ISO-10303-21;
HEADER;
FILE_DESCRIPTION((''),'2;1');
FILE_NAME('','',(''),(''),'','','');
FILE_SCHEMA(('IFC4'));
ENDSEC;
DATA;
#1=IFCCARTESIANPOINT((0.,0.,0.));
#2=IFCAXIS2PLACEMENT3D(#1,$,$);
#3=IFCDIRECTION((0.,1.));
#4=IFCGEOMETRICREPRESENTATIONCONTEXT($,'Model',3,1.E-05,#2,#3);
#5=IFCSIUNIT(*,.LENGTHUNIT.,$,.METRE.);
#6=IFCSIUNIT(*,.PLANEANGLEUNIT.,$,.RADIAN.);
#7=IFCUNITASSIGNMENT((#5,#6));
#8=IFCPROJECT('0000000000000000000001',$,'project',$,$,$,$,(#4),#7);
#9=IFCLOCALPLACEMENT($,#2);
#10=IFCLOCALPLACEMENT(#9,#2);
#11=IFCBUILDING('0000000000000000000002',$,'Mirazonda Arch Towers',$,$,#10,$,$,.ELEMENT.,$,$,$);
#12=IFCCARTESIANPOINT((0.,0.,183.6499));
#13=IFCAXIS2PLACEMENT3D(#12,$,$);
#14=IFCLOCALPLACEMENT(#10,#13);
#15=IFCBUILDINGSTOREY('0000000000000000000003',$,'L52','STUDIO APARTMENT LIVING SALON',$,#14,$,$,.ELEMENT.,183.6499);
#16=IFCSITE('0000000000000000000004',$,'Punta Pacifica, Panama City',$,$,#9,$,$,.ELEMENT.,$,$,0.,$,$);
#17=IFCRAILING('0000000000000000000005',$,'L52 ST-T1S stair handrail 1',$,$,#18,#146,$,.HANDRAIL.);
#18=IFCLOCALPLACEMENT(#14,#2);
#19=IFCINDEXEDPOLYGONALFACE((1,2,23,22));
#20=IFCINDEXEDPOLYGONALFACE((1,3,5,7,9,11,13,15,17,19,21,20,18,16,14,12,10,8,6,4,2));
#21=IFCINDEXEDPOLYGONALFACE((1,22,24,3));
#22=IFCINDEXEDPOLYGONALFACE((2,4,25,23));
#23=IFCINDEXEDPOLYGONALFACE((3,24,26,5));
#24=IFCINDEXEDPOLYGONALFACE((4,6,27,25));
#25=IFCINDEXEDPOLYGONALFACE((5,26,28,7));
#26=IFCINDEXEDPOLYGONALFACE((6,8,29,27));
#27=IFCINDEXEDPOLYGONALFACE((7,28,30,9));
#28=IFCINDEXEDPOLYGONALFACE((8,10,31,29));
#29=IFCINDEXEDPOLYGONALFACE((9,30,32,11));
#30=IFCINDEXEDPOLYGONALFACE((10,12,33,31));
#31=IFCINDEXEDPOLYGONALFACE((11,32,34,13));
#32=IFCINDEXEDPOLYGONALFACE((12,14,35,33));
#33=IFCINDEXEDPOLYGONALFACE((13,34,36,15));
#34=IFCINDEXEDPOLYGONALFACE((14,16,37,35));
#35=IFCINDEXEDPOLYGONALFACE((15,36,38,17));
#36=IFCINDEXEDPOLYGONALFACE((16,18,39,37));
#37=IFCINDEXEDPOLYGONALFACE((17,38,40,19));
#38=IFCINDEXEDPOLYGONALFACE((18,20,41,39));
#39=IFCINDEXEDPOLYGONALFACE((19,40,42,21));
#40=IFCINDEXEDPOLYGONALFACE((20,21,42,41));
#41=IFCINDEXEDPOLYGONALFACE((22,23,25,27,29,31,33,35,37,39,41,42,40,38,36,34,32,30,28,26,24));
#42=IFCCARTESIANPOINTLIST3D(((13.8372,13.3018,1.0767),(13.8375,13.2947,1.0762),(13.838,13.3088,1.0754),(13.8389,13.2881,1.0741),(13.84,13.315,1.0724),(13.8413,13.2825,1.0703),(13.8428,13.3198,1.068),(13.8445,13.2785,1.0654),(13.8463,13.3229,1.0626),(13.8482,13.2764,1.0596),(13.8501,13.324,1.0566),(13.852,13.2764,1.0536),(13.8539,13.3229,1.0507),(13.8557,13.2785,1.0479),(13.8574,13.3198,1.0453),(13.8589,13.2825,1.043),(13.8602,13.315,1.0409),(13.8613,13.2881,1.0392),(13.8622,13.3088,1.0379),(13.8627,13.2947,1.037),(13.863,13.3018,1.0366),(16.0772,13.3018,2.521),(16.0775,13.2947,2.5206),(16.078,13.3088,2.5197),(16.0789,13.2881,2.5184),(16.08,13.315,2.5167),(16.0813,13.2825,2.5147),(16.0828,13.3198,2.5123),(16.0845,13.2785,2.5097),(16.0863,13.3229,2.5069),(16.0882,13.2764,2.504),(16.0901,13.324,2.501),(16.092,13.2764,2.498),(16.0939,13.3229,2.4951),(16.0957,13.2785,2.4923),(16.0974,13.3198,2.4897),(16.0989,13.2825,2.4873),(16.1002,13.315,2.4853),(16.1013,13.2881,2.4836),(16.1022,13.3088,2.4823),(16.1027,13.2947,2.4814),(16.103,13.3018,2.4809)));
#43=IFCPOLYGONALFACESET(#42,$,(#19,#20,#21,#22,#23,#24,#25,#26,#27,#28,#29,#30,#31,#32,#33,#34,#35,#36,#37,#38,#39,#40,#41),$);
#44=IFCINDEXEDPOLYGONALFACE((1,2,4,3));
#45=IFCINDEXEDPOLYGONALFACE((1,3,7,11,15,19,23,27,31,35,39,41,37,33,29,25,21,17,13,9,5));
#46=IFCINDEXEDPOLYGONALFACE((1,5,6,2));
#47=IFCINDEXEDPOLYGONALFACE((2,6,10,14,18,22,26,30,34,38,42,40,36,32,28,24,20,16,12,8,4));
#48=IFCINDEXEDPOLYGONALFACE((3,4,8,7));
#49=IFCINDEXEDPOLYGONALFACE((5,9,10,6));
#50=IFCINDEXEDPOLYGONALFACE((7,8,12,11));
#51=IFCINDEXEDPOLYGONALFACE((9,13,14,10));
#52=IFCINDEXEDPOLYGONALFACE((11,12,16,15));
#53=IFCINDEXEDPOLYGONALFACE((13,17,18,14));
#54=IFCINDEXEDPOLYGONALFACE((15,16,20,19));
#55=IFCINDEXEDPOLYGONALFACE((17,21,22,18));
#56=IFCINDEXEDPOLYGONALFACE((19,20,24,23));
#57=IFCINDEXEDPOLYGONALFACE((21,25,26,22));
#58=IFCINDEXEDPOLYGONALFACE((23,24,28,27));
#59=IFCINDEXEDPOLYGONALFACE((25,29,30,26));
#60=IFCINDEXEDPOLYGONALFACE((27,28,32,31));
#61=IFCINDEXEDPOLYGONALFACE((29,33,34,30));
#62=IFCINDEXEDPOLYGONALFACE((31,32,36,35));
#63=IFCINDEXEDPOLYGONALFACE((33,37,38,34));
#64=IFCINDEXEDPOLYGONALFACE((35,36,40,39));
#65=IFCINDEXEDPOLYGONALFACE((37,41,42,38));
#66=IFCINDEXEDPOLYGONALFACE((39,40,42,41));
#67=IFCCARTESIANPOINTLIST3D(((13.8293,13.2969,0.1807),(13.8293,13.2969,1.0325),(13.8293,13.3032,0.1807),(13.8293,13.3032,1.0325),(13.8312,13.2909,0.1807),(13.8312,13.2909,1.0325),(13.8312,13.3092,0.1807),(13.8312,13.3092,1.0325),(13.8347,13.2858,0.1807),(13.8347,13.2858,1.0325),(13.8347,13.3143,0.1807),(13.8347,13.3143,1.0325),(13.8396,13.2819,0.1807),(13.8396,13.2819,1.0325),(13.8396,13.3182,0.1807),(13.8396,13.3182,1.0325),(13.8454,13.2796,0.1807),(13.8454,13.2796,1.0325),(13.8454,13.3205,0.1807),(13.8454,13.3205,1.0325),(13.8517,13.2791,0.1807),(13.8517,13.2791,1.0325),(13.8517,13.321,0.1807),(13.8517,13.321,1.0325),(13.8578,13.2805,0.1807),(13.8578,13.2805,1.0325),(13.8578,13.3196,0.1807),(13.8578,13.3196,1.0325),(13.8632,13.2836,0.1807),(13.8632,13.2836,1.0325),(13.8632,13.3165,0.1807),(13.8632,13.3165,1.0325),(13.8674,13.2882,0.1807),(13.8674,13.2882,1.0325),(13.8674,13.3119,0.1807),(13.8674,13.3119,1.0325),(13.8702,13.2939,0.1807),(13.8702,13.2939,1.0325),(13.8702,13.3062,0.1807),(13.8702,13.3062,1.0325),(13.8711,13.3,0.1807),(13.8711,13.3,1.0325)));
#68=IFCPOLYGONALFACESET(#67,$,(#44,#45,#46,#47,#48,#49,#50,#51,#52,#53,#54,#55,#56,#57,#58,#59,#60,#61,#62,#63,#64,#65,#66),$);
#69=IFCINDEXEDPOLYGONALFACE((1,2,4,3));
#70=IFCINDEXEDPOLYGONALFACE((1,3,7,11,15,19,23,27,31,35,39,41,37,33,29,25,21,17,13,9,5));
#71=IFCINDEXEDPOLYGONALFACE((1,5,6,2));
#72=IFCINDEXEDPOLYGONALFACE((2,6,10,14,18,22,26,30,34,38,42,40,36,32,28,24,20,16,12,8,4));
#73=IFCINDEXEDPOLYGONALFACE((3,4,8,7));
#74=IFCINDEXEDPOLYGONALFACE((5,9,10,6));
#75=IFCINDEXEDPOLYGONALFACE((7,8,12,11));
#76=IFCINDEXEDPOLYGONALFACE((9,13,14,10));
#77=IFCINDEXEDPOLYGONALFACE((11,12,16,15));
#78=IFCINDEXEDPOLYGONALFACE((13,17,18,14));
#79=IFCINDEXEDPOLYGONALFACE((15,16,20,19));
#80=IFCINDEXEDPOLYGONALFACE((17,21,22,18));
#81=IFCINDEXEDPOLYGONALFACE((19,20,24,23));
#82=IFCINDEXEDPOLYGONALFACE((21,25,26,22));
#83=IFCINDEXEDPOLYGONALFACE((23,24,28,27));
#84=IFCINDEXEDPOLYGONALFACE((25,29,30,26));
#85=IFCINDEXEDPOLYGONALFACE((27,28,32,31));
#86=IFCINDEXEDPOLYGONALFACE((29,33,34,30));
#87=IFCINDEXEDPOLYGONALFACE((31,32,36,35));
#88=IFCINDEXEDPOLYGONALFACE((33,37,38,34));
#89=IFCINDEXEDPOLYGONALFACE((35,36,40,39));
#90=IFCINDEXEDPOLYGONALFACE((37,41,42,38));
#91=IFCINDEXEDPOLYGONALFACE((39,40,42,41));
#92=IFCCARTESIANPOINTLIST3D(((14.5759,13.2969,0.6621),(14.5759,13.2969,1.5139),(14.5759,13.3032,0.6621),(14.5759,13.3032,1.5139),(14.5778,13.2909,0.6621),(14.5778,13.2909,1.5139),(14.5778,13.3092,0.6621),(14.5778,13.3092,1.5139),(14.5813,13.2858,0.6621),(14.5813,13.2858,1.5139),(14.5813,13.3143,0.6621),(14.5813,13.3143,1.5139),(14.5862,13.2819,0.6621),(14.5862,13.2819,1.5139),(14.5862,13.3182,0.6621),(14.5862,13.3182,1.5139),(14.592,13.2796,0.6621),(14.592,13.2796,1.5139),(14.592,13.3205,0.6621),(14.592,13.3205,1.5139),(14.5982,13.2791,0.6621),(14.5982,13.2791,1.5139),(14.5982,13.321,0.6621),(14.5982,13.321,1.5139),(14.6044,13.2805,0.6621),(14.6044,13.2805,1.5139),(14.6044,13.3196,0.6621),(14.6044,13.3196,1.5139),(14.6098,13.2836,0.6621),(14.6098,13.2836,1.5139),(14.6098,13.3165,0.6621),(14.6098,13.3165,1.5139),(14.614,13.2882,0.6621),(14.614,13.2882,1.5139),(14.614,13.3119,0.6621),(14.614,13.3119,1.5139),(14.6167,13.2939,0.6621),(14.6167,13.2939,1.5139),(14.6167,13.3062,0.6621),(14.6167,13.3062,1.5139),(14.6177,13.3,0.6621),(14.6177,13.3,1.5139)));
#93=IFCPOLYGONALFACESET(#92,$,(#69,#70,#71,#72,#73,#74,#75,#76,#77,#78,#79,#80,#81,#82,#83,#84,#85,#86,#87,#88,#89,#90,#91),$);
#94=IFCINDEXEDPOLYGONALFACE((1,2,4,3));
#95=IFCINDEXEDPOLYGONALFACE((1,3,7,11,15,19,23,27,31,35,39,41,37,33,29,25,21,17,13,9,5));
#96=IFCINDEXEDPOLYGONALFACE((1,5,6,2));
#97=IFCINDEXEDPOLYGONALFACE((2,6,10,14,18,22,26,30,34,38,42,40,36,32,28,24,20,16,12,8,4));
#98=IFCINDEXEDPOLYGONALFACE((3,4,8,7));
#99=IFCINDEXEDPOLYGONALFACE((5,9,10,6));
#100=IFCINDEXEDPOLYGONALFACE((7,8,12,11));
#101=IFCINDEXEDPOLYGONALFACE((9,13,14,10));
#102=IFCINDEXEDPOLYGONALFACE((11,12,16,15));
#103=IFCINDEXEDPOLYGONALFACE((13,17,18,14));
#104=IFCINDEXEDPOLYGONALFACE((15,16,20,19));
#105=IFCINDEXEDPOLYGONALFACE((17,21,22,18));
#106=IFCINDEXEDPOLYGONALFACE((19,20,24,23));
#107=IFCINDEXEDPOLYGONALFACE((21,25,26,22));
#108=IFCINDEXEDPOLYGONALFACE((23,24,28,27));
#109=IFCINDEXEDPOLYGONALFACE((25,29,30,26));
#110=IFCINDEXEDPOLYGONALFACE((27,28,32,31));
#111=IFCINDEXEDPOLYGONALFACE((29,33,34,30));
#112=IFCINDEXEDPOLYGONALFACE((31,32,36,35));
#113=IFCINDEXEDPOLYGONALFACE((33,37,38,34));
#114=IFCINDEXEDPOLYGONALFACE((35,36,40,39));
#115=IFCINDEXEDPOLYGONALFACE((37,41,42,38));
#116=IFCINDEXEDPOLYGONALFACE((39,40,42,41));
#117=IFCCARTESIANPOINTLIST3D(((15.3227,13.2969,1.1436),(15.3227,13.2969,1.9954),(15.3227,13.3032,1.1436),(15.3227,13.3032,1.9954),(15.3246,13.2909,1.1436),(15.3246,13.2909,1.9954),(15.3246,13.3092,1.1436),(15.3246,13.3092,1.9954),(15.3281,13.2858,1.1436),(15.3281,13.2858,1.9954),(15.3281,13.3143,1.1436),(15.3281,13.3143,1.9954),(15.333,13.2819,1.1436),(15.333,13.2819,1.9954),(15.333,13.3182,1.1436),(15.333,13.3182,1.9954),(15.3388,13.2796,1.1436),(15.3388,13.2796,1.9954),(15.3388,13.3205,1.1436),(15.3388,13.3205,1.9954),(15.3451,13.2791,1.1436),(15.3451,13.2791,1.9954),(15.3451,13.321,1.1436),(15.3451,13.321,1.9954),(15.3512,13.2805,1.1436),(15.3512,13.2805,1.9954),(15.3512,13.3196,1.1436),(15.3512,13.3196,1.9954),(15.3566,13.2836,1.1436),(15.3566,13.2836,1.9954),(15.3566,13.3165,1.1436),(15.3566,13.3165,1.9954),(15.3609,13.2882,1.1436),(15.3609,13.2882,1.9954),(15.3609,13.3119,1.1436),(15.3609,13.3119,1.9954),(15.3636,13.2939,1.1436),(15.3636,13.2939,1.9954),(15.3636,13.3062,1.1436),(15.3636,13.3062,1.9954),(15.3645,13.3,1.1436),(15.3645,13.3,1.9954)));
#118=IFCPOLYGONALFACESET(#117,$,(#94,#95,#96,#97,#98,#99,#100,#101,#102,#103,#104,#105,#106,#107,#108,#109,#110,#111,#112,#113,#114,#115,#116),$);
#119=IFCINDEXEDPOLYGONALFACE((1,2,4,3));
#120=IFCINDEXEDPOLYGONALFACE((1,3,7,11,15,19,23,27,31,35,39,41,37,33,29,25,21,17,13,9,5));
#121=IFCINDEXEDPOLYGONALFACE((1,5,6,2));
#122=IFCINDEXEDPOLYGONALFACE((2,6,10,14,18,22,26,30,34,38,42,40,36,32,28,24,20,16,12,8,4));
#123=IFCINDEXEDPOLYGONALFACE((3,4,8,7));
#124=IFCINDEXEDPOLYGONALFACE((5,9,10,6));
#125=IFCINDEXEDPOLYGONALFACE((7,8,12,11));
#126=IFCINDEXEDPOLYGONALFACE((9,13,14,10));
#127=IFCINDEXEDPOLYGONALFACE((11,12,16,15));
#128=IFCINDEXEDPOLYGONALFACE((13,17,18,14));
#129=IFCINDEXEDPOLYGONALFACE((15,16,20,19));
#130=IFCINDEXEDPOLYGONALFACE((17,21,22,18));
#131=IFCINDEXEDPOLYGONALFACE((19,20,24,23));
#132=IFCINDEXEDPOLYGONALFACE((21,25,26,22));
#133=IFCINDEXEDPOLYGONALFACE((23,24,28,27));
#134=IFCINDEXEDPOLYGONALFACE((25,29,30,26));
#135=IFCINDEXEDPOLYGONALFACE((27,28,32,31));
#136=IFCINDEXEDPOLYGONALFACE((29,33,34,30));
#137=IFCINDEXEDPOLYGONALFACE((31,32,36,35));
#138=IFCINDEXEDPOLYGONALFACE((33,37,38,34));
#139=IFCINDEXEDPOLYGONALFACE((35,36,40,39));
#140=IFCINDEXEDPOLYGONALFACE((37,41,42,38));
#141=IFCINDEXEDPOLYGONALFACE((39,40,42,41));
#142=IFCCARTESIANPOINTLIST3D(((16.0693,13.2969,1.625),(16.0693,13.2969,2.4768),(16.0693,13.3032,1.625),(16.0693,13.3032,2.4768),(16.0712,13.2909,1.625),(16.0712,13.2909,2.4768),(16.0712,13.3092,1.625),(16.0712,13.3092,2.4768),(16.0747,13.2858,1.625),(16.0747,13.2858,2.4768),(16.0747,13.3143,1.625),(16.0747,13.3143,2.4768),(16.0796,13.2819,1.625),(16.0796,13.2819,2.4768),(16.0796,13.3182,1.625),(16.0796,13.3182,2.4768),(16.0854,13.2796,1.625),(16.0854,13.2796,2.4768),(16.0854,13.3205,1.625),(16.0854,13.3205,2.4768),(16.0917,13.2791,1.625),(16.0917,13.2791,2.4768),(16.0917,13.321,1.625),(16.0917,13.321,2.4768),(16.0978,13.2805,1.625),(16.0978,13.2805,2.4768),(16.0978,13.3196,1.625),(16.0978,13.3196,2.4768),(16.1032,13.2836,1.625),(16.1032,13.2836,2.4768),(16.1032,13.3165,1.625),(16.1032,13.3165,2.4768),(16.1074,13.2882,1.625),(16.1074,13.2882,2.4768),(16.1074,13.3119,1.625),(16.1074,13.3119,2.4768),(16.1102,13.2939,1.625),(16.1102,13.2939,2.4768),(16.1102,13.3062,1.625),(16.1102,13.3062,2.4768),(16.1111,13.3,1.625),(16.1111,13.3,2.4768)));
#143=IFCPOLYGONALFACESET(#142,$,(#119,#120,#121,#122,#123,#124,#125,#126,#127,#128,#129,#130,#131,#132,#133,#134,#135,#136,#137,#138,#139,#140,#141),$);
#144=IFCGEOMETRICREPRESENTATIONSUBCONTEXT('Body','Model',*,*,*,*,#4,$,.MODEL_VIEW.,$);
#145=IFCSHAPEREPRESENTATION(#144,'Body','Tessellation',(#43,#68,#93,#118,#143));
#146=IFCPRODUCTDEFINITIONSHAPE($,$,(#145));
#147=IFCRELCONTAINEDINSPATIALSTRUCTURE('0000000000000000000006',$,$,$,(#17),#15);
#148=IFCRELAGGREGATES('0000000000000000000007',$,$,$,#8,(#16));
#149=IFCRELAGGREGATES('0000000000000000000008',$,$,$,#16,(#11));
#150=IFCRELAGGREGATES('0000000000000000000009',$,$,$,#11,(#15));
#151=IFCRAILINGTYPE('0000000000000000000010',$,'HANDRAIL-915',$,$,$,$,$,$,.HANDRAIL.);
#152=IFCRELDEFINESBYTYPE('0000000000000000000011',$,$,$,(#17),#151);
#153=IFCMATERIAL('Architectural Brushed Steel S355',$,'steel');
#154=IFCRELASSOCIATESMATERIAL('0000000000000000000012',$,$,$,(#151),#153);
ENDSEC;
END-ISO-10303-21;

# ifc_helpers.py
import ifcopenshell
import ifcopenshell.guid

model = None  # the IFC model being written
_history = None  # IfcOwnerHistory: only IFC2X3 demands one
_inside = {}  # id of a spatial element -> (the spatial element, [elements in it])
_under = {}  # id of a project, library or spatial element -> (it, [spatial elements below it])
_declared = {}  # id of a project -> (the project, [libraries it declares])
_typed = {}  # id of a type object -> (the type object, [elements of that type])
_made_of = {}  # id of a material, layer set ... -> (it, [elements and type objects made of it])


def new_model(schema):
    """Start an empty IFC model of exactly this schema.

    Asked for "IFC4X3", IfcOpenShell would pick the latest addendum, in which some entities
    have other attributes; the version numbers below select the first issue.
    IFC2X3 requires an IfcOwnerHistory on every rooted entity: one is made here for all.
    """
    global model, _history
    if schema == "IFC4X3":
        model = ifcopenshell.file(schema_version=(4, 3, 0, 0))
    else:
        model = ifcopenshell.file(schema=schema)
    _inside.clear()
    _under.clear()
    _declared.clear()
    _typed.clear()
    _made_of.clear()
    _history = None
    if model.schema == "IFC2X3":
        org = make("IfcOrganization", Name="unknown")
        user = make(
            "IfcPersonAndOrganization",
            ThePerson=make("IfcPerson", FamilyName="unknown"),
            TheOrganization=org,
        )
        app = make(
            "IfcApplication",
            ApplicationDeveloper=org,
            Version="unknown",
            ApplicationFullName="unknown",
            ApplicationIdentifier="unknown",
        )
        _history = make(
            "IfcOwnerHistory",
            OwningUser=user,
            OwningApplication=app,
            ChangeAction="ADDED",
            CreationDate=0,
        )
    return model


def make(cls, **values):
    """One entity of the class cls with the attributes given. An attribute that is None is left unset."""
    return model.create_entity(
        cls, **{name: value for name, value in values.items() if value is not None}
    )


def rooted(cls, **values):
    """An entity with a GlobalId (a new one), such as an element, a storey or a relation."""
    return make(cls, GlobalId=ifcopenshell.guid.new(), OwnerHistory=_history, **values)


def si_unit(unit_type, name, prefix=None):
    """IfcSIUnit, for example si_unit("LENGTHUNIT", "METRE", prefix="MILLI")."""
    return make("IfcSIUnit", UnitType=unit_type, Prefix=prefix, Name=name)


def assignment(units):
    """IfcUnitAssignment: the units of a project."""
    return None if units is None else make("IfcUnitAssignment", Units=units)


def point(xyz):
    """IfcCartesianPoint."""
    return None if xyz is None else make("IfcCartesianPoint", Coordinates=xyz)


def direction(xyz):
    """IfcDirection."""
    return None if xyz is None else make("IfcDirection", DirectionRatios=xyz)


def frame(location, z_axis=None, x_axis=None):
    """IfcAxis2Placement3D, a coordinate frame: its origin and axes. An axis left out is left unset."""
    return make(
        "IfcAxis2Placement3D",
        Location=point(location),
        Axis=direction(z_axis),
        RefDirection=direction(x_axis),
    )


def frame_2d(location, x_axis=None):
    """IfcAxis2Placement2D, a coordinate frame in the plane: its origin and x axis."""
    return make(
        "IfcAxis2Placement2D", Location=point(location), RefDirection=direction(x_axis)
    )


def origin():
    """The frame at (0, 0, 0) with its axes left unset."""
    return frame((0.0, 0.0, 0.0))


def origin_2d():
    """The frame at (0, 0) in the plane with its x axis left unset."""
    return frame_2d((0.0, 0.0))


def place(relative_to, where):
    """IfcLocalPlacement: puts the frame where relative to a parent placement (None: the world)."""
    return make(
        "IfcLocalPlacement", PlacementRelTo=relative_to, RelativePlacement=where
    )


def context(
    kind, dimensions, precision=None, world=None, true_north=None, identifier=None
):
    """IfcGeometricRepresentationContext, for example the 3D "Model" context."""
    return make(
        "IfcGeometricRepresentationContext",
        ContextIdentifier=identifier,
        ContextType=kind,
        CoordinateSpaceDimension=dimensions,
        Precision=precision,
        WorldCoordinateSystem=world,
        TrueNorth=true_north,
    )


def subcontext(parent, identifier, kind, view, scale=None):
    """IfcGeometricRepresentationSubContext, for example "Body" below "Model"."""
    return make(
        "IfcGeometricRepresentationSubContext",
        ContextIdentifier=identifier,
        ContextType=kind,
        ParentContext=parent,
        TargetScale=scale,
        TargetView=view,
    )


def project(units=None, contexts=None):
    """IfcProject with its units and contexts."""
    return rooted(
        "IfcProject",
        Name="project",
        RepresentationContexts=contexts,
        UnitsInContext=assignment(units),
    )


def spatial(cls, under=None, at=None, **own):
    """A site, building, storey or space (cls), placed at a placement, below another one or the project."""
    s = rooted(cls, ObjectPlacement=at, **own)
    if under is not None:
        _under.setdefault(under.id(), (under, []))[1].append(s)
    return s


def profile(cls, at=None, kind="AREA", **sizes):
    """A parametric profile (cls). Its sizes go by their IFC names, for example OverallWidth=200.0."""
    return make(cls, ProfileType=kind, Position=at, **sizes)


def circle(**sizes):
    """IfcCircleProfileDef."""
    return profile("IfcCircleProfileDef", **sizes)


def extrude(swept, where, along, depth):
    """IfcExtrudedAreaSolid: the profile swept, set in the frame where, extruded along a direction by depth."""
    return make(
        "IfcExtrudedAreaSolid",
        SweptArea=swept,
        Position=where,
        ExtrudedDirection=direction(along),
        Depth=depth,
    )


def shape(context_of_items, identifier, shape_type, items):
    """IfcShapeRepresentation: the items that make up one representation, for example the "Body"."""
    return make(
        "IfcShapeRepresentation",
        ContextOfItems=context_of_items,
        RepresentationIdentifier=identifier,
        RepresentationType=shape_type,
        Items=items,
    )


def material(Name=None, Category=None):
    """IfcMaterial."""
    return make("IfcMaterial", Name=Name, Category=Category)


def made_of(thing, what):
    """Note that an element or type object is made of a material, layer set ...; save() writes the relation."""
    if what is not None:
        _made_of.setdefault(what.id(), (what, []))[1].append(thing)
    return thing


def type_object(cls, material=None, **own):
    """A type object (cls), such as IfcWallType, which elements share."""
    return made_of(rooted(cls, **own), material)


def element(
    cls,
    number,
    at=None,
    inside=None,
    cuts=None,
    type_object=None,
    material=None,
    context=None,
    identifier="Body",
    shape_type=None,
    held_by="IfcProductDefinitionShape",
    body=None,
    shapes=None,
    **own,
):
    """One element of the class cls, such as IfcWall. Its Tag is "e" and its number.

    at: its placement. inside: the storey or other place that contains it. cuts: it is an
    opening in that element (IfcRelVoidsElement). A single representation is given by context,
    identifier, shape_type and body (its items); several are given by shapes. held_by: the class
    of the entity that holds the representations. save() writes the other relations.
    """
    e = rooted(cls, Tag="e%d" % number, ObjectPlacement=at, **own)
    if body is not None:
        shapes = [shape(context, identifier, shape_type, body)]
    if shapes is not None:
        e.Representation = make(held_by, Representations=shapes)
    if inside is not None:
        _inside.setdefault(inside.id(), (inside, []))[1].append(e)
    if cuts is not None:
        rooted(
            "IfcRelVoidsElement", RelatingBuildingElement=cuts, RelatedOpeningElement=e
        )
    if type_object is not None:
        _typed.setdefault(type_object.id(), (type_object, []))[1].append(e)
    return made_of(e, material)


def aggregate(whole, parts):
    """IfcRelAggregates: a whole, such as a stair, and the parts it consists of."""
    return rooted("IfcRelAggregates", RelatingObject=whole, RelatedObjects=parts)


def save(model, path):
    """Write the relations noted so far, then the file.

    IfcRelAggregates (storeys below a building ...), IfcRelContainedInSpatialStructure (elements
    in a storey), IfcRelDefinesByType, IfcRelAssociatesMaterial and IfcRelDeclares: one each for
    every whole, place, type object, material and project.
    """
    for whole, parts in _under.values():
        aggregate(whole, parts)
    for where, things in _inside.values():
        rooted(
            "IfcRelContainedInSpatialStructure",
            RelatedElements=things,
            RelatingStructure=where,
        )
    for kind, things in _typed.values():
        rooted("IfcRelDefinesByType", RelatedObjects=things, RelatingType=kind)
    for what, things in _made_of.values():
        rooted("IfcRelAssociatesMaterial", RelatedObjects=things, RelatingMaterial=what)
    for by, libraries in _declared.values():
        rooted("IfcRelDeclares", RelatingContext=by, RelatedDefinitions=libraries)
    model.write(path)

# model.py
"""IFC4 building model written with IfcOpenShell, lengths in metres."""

from ifc_helpers import new_model, si_unit, direction, frame, origin, origin_2d, place, context, subcontext, project, spatial, circle, extrude, material, type_object, element, save


model = new_model("IFC4")

# Units and contexts
model_context = context("Model", 3, precision=1e-05, world=origin(), true_north=direction((0.0, 1.0)))
body_context = subcontext(model_context, "Body", "Model", "MODEL_VIEW")
ifc_project = project(units=[si_unit("LENGTHUNIT", "METRE"), si_unit("PLANEANGLEUNIT", "RADIAN")], contexts=[model_context])

# Site, building, storey
site_placement = place(None, origin())
site = spatial("IfcSite", under=ifc_project, at=site_placement, Name="Punta Pacifica, Panama City", CompositionType="ELEMENT", RefElevation=0.0)
building_placement = place(site_placement, origin())
building = spatial("IfcBuilding", under=site, at=building_placement, Name="Mirazonda Arch Towers", CompositionType="ELEMENT")
storey_placement = place(building_placement, frame((0.0, 0.0, 183.6499)))
storey = spatial("IfcBuildingStorey", under=building, at=storey_placement, Name="L52", Description="STUDIO APARTMENT LIVING SALON", CompositionType="ELEMENT", Elevation=183.6499)

# Shared definitions
ifc_material_1 = material(Name="Architectural Brushed Steel S355", Category="steel")

# Railing
railing_type_1 = type_object("IfcRailingType", Name="HANDRAIL-915", PredefinedType="HANDRAIL", material=ifc_material_1)
railing_1_placement = place(storey_placement, frame((13.8501, 13.3, 0.1807)))
element("IfcRailing", 1, at=railing_1_placement, inside=storey, type_object=railing_type_1, Name="L52 ST-T1S stair handrail 1", PredefinedType="HANDRAIL", context=body_context, shape_type="SweptSolid", body=[
    extrude(circle(Radius=0.0239, at=origin_2d()), frame((0.0, 0.0, 0.876), z_axis=(0.840437, 0.0, 0.54191), x_axis=(0.0, 1.0, 0.0)), (0.0, 0.0, 1.0), 2.6653),
    extrude(circle(Radius=0.021, at=origin_2d()), origin(), (0.0, 0.0, 1.0), 0.8518),
    extrude(circle(Radius=0.021, at=origin_2d()), frame((0.7466, 0.0, 0.4814)), (0.0, 0.0, 1.0), 0.8518),
    extrude(circle(Radius=0.021, at=origin_2d()), frame((1.4934, 0.0, 0.9629)), (0.0, 0.0, 1.0), 0.8518),
    extrude(circle(Radius=0.021, at=origin_2d()), frame((2.24, 0.0, 1.4443)), (0.0, 0.0, 1.0), 0.8518),
])

save(model, "model.ifc")
